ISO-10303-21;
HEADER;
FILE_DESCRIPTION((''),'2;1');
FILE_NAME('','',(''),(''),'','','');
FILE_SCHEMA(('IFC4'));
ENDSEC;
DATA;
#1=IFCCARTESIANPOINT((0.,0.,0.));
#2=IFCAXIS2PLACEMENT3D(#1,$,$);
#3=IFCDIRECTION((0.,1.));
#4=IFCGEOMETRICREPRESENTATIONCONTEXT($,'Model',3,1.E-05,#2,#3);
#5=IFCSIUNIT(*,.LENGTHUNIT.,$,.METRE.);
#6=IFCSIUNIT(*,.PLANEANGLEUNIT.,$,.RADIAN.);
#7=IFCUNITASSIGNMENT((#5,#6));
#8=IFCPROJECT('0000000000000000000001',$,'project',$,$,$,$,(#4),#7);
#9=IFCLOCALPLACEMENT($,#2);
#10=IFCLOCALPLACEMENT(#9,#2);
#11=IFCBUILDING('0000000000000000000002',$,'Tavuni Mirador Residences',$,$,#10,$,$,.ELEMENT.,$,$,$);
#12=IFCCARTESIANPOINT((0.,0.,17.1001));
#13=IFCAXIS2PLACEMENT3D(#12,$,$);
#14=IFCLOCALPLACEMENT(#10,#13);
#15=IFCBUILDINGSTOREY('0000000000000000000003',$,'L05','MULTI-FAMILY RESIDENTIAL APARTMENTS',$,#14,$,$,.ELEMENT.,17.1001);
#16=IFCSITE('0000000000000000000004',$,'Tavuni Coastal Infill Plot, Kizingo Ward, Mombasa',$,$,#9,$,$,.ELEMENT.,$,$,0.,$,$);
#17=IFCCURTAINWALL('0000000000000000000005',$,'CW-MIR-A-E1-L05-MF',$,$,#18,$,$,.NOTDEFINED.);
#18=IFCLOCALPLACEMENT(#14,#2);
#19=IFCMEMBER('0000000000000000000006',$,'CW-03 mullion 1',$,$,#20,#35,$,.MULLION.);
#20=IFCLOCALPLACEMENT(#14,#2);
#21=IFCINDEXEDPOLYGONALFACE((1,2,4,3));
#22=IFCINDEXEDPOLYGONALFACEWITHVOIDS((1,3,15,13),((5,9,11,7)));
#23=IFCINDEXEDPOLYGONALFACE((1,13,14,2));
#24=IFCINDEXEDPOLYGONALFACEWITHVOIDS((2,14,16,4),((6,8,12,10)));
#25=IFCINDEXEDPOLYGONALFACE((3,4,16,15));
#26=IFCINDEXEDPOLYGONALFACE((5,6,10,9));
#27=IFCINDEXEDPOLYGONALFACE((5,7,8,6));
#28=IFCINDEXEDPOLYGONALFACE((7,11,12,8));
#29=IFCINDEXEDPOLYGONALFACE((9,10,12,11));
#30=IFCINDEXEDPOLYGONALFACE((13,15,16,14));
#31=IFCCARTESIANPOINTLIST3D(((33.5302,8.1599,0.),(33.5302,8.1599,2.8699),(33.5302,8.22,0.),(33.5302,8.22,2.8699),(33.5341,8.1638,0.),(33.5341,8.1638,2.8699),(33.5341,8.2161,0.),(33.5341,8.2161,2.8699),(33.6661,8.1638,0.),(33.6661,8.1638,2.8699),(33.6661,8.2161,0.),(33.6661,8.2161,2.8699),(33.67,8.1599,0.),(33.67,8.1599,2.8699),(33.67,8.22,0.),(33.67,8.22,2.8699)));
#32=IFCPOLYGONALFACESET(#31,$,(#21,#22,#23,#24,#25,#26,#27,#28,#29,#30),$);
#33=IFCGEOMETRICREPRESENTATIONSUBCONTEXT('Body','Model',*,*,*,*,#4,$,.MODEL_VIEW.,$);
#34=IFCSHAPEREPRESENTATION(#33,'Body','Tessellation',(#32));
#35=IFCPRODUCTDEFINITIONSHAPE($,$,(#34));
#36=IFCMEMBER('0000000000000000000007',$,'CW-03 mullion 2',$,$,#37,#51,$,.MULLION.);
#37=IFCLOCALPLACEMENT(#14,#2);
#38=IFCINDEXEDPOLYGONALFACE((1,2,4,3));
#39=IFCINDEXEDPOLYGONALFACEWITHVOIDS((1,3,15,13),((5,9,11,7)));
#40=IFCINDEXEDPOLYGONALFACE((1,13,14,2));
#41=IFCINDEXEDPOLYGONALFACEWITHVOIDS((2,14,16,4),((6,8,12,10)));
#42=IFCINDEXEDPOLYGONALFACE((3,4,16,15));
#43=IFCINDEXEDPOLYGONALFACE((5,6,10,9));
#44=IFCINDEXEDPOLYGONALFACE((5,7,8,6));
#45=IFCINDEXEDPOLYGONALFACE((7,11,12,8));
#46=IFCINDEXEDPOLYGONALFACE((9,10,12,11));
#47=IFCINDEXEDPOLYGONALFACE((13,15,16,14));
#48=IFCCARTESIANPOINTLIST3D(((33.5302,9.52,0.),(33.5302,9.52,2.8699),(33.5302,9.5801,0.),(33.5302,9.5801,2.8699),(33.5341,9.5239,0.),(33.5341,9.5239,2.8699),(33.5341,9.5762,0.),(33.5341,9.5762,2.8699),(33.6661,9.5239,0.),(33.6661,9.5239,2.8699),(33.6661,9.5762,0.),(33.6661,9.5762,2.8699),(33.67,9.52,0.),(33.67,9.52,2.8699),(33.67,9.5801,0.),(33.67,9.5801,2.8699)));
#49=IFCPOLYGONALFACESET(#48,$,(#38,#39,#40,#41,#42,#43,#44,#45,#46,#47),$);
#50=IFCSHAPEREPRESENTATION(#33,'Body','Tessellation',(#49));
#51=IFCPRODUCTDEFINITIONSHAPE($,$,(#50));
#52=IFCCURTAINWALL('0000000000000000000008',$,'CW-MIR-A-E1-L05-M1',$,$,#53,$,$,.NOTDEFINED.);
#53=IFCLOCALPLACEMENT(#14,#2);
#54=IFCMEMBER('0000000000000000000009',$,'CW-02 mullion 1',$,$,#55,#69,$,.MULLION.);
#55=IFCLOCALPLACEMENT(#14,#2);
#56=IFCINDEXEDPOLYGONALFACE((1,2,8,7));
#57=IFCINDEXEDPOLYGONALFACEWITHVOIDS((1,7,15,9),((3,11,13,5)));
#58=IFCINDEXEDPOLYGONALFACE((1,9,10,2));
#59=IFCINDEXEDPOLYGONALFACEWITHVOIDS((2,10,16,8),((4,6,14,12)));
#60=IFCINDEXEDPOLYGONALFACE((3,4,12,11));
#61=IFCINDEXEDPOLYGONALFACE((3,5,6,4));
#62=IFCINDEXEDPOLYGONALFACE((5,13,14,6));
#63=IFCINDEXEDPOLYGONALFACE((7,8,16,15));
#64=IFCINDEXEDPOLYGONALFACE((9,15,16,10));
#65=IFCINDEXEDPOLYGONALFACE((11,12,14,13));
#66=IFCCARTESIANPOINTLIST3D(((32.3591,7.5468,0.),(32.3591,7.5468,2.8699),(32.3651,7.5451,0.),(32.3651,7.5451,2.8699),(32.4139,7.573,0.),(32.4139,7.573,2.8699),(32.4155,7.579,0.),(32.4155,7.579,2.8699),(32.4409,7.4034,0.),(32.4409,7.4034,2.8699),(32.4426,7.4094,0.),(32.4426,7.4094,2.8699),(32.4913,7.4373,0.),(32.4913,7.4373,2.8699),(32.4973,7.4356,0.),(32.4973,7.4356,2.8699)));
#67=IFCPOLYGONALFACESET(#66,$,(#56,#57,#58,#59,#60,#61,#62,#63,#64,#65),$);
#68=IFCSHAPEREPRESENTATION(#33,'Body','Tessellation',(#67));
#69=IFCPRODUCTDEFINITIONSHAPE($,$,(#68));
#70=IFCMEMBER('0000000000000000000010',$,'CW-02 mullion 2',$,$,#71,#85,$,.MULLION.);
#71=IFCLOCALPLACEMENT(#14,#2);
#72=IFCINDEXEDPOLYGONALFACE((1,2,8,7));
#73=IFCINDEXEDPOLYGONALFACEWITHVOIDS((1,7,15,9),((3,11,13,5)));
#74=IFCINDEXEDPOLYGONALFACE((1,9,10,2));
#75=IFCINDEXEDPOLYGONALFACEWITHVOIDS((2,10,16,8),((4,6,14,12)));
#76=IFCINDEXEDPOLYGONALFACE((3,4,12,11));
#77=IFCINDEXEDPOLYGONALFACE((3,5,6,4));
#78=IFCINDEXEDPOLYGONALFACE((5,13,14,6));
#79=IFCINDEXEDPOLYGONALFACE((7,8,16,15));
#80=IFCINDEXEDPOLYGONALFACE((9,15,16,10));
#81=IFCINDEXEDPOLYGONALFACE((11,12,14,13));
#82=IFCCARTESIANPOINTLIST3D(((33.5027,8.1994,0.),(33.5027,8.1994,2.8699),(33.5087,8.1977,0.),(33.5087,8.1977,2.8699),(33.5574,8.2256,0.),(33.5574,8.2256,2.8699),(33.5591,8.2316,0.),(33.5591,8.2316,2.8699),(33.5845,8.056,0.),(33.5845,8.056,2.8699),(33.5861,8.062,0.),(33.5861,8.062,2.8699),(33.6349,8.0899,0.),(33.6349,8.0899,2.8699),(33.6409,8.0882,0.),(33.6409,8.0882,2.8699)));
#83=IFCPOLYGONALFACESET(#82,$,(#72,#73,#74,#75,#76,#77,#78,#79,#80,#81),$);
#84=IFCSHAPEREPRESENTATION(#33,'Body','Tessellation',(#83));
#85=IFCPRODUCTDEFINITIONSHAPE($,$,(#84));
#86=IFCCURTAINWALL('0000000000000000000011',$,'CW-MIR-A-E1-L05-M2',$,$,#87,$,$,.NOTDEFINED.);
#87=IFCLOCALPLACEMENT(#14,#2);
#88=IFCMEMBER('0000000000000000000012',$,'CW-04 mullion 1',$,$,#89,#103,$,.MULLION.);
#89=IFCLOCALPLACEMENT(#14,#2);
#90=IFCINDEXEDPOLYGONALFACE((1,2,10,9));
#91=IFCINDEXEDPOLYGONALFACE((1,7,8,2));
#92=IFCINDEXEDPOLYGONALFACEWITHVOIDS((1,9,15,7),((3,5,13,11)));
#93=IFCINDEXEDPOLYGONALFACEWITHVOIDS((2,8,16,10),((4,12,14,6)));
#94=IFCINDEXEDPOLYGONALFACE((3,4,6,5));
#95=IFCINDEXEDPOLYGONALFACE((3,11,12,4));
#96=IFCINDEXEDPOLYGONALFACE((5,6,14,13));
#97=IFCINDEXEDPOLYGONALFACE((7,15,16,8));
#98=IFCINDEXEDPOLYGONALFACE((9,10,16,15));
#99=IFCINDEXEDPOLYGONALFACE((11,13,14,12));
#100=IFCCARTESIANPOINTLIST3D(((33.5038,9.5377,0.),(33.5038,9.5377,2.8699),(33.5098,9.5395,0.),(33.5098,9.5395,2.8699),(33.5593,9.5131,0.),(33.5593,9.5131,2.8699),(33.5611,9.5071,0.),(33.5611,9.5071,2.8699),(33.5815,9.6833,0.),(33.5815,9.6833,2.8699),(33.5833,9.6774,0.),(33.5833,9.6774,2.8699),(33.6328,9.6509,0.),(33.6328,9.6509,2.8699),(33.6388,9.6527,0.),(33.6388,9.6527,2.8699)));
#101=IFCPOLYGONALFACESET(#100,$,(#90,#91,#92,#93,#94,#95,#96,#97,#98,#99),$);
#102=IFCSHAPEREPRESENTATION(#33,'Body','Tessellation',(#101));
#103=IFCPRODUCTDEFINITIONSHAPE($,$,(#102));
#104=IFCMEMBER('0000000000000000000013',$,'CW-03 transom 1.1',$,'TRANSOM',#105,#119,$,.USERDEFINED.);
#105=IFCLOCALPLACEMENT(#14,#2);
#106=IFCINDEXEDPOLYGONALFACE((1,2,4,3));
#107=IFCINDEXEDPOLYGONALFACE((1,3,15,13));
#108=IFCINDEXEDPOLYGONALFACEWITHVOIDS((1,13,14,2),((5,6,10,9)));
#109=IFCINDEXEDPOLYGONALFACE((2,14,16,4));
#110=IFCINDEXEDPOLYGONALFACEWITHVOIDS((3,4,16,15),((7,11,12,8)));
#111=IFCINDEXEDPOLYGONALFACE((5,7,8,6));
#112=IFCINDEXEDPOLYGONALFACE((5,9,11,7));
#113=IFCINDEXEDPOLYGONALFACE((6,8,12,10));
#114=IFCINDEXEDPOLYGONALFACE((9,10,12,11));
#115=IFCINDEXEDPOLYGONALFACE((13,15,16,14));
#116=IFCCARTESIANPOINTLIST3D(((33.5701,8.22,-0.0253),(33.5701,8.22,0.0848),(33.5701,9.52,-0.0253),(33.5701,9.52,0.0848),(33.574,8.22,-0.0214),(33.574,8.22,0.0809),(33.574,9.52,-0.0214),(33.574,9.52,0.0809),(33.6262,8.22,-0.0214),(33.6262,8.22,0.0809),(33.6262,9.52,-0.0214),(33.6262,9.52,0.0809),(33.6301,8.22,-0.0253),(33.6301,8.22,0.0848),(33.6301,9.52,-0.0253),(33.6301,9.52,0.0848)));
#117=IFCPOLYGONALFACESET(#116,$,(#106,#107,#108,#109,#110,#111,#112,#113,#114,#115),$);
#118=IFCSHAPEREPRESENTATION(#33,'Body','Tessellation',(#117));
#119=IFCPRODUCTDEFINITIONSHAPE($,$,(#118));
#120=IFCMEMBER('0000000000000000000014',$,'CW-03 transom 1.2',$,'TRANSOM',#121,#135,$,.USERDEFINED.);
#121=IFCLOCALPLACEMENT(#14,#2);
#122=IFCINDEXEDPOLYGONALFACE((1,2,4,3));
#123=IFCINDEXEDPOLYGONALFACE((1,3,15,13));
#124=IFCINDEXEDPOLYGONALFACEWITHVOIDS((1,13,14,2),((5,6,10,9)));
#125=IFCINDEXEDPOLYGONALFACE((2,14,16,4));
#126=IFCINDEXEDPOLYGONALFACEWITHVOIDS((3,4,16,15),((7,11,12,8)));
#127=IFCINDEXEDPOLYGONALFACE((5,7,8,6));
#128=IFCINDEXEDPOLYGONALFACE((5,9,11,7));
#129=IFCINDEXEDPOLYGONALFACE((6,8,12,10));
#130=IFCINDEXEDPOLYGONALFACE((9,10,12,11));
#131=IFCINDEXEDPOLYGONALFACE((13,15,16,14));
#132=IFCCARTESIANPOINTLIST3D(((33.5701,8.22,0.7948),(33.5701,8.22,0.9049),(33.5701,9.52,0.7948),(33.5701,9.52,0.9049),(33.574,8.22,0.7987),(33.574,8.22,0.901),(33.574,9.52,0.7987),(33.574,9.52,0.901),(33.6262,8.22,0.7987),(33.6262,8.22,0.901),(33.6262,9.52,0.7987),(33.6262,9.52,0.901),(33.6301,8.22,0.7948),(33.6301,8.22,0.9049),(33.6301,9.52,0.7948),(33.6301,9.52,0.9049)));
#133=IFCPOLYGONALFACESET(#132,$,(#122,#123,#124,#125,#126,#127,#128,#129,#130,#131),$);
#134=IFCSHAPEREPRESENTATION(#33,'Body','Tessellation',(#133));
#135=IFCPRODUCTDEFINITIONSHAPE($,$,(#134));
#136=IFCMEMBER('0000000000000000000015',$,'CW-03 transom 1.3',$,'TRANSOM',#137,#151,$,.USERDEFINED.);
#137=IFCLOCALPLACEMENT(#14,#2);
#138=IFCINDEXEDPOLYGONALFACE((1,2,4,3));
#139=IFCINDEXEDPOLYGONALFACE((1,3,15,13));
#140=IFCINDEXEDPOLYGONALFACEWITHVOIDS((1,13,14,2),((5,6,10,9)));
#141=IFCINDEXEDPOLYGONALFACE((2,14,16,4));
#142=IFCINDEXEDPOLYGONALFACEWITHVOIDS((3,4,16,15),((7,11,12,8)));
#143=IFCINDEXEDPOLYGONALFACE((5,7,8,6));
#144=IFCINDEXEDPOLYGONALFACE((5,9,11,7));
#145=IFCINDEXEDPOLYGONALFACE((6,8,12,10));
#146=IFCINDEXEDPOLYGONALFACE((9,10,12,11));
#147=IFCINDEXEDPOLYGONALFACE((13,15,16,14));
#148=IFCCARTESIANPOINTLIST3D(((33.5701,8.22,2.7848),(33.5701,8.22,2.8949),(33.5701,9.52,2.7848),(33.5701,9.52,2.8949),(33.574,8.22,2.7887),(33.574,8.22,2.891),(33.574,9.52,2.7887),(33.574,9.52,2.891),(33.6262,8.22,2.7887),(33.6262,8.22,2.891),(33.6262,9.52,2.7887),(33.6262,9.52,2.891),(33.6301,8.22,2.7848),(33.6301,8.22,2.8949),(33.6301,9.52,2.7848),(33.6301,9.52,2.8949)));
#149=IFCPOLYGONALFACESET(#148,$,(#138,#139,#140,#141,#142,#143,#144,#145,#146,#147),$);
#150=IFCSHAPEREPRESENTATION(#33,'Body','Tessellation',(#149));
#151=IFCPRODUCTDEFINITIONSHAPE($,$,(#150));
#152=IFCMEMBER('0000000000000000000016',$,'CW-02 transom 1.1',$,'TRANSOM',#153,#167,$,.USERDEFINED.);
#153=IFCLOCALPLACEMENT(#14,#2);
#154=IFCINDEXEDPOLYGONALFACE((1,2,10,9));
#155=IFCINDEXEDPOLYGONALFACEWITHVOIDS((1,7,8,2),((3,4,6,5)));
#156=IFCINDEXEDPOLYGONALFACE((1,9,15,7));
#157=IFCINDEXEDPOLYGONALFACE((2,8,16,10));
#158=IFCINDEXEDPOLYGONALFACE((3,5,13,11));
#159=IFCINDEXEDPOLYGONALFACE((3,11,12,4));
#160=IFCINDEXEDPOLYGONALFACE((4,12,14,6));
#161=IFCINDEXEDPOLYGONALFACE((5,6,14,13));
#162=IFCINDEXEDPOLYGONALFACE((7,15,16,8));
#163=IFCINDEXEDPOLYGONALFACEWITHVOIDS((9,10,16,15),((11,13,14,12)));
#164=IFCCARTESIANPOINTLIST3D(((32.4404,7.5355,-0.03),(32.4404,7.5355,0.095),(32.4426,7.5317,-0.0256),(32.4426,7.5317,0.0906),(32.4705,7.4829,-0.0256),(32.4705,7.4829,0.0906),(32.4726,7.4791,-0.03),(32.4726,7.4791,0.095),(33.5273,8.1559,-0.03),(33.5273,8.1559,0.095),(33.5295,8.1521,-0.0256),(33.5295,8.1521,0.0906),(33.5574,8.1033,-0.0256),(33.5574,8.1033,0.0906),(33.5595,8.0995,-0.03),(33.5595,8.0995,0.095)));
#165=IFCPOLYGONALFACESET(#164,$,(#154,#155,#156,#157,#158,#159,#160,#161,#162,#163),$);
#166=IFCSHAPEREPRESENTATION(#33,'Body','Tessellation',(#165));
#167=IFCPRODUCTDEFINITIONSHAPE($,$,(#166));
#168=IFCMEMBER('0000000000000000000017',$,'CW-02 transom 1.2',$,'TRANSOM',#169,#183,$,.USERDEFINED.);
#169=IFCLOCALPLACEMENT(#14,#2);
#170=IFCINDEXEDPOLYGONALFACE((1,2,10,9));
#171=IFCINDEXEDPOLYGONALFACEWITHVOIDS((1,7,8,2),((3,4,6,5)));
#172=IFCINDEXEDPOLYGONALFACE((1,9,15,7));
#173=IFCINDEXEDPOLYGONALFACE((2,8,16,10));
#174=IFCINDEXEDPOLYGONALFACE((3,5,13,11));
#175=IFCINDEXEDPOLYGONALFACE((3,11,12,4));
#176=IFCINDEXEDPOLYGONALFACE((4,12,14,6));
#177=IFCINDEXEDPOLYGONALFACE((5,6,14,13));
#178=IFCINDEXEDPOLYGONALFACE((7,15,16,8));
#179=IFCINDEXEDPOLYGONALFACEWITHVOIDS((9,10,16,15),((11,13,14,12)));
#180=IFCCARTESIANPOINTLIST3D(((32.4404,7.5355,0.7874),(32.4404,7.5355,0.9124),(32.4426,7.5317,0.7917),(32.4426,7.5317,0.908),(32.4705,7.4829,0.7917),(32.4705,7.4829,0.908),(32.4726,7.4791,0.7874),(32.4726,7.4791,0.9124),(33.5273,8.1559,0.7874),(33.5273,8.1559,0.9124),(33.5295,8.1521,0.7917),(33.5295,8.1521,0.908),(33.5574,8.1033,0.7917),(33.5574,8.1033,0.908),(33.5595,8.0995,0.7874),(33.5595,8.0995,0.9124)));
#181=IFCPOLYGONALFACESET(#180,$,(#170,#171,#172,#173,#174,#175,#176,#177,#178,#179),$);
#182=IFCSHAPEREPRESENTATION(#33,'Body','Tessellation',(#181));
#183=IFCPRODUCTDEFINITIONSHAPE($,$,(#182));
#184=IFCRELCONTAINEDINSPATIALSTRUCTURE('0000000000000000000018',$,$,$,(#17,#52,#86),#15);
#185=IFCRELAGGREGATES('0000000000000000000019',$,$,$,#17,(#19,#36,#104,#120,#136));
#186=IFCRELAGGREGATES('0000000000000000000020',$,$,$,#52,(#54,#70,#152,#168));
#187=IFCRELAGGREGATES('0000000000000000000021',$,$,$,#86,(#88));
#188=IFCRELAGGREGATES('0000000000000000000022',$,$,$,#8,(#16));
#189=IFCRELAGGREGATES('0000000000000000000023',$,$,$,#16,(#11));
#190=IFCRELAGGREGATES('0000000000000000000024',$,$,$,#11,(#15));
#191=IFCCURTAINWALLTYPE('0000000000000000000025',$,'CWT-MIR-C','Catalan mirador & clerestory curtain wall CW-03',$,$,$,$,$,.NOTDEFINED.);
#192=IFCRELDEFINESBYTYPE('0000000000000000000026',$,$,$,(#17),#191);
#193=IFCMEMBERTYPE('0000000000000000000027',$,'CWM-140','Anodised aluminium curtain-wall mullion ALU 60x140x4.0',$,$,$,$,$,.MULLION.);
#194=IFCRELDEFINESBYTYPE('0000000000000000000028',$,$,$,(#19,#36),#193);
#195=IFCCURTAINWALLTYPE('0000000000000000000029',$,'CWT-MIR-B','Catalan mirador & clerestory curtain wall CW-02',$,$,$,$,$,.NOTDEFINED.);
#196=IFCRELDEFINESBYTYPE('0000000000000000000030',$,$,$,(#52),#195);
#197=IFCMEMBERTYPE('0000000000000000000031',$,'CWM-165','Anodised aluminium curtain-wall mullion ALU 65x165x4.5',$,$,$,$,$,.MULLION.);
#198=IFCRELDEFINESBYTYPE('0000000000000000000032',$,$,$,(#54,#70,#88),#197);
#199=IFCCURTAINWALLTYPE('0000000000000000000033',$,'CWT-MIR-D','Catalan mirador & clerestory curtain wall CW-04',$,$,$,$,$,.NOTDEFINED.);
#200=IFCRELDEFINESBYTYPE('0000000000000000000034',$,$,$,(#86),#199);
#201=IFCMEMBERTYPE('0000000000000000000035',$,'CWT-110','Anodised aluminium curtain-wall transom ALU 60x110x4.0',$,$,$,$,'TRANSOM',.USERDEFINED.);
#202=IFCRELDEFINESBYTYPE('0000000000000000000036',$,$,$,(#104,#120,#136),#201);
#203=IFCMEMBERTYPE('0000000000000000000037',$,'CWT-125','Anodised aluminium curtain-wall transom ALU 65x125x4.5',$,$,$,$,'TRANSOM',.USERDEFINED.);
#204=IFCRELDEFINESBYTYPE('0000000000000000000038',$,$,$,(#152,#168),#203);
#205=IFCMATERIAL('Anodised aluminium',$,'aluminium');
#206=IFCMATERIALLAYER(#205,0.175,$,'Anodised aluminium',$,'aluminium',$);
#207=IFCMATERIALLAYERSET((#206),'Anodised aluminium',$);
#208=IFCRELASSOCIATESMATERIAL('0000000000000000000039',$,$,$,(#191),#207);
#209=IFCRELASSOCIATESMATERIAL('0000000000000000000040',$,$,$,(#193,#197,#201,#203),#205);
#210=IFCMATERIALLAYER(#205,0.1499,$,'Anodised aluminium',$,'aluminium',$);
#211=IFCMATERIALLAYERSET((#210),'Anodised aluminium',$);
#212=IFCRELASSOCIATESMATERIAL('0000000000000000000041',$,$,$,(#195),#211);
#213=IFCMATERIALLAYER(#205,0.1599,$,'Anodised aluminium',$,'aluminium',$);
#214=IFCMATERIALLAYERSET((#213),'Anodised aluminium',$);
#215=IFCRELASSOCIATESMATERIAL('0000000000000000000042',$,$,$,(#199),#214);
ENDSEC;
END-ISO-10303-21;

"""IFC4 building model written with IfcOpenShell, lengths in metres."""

from ifc_helpers import new_model, si_unit, direction, frame, origin, origin_2d, place, context, subcontext, project, spatial, hollow_rectangle, extrude, material, layer, layer_set, material_profile, profile_set, type_object, element, aggregate, save


model = new_model("IFC4")

# Units and contexts
model_context = context("Model", 3, precision=1e-05, world=origin(), true_north=direction((0.0, 1.0)))
body_context = subcontext(model_context, "Body", "Model", "MODEL_VIEW")
ifc_project = project(units=[si_unit("LENGTHUNIT", "METRE"), si_unit("PLANEANGLEUNIT", "RADIAN")], contexts=[model_context])

# Site, building, storey
site_placement = place(None, origin())
site = spatial("IfcSite", under=ifc_project, at=site_placement, Name="Tavuni Coastal Infill Plot, Kizingo Ward, Mombasa", CompositionType="ELEMENT", RefElevation=0.0)
building_placement = place(site_placement, origin())
building = spatial("IfcBuilding", under=site, at=building_placement, Name="Tavuni Mirador Residences", CompositionType="ELEMENT")
storey_placement = place(building_placement, frame((0.0, 0.0, 17.1001)))
storey = spatial("IfcBuildingStorey", under=building, at=storey_placement, Name="L05", Description="MULTI-FAMILY RESIDENTIAL APARTMENTS", CompositionType="ELEMENT", Elevation=17.1001)

# Curtain walls, members
ifc_material_1 = material(Name="Anodised aluminium", Category="aluminium")
ifc_layer_1 = layer(ifc_material_1, 0.175, Name="Anodised aluminium", Category="aluminium")
ifc_layer_set_1 = layer_set([ifc_layer_1], Name="Anodised aluminium")
curtain_wall_type_1 = type_object("IfcCurtainWallType", Name="CWT-MIR-C", Description="Catalan mirador & clerestory curtain wall CW-03", PredefinedType="NOTDEFINED", material=ifc_layer_set_1)
curtain_wall_1_placement = place(storey_placement, origin())
curtain_wall_1 = element("IfcCurtainWall", 1, at=curtain_wall_1_placement, inside=storey, type_object=curtain_wall_type_1, Name="CW-MIR-A-E1-L05-MF", PredefinedType="NOTDEFINED")
ifc_material_profile_1 = material_profile(ifc_material_1, hollow_rectangle(XDim=0.0601, YDim=0.1399, WallThickness=0.0039, at=origin_2d()), Name="ALU 60x140x4.0", Category="aluminium")
ifc_profile_set_1 = profile_set([ifc_material_profile_1], Name="Anodised aluminium")
member_type_1 = type_object("IfcMemberType", Name="CWM-140", Description="Anodised aluminium curtain-wall mullion ALU 60x140x4.0", PredefinedType="MULLION", material=ifc_profile_set_1)
member_1_placement = place(storey_placement, frame((33.6001, 8.1899, 0.0), z_axis=(0.0, 0.0, 1.0), x_axis=(0.0, 1.0, 0.0)))
member_1 = element("IfcMember", 2, at=member_1_placement, type_object=member_type_1, Name="CW-03 mullion 1", PredefinedType="MULLION", context=body_context, shape_type="SweptSolid", body=[
    extrude(hollow_rectangle(XDim=0.0601, YDim=0.1399, WallThickness=0.0039, at=origin_2d()), origin(), (0.0, 0.0, 1.0), 2.8699),
])
member_2_placement = place(storey_placement, frame((33.6001, 9.55, 0.0), z_axis=(0.0, 0.0, 1.0), x_axis=(0.0, 1.0, 0.0)))
member_2 = element("IfcMember", 3, at=member_2_placement, type_object=member_type_1, Name="CW-03 mullion 2", PredefinedType="MULLION", context=body_context, shape_type="SweptSolid", body=[
    extrude(hollow_rectangle(XDim=0.0601, YDim=0.1399, WallThickness=0.0039, at=origin_2d()), origin(), (0.0, 0.0, 1.0), 2.8699),
])
ifc_layer_2 = layer(ifc_material_1, 0.1499, Name="Anodised aluminium", Category="aluminium")
ifc_layer_set_2 = layer_set([ifc_layer_2], Name="Anodised aluminium")
curtain_wall_type_2 = type_object("IfcCurtainWallType", Name="CWT-MIR-B", Description="Catalan mirador & clerestory curtain wall CW-02", PredefinedType="NOTDEFINED", material=ifc_layer_set_2)
curtain_wall_2_placement = place(storey_placement, origin())
curtain_wall_2 = element("IfcCurtainWall", 4, at=curtain_wall_2_placement, inside=storey, type_object=curtain_wall_type_2, Name="CW-MIR-A-E1-L05-M1", PredefinedType="NOTDEFINED")
ifc_material_profile_2 = material_profile(ifc_material_1, hollow_rectangle(XDim=0.0649, YDim=0.165, WallThickness=0.0044, at=origin_2d()), Name="ALU 65x165x4.5", Category="aluminium")
ifc_profile_set_2 = profile_set([ifc_material_profile_2], Name="Anodised aluminium")
member_type_2 = type_object("IfcMemberType", Name="CWM-165", Description="Anodised aluminium curtain-wall mullion ALU 65x165x4.5", PredefinedType="MULLION", material=ifc_profile_set_2)
member_3_placement = place(storey_placement, frame((32.4282, 7.4912, 0.0), z_axis=(0.0, 0.0, 1.0), x_axis=(0.868466, 0.495749, 0.0)))
member_3 = element("IfcMember", 5, at=member_3_placement, type_object=member_type_2, Name="CW-02 mullion 1", PredefinedType="MULLION", context=body_context, shape_type="SweptSolid", body=[
    extrude(hollow_rectangle(XDim=0.0649, YDim=0.165, WallThickness=0.0044, at=origin_2d()), origin(), (0.0, 0.0, 1.0), 2.8699),
])
member_4_placement = place(storey_placement, frame((33.5718, 8.1438, 0.0), z_axis=(0.0, 0.0, 1.0), x_axis=(0.868466, 0.495749, 0.0)))
member_4 = element("IfcMember", 6, at=member_4_placement, type_object=member_type_2, Name="CW-02 mullion 2", PredefinedType="MULLION", context=body_context, shape_type="SweptSolid", body=[
    extrude(hollow_rectangle(XDim=0.0649, YDim=0.165, WallThickness=0.0044, at=origin_2d()), origin(), (0.0, 0.0, 1.0), 2.8699),
])

# Curtain wall, member
ifc_layer_3 = layer(ifc_material_1, 0.1599, Name="Anodised aluminium", Category="aluminium")
ifc_layer_set_3 = layer_set([ifc_layer_3], Name="Anodised aluminium")
curtain_wall_type_3 = type_object("IfcCurtainWallType", Name="CWT-MIR-D", Description="Catalan mirador & clerestory curtain wall CW-04", PredefinedType="NOTDEFINED", material=ifc_layer_set_3)
curtain_wall_3_placement = place(storey_placement, origin())
curtain_wall_3 = element("IfcCurtainWall", 7, at=curtain_wall_3_placement, inside=storey, type_object=curtain_wall_type_3, Name="CW-MIR-A-E1-L05-M2", PredefinedType="NOTDEFINED")
member_5_placement = place(storey_placement, frame((33.5713, 9.5952, 0.0), z_axis=(0.0, 0.0, 1.0), x_axis=(-0.882353, 0.470588, 0.0)))
member_5 = element("IfcMember", 8, at=member_5_placement, type_object=member_type_2, Name="CW-04 mullion 1", PredefinedType="MULLION", context=body_context, shape_type="SweptSolid", body=[
    extrude(hollow_rectangle(XDim=0.0649, YDim=0.165, WallThickness=0.0044, at=origin_2d()), origin(), (0.0, 0.0, 1.0), 2.8699),
])

# Members
ifc_material_profile_3 = material_profile(ifc_material_1, hollow_rectangle(XDim=0.0601, YDim=0.1101, WallThickness=0.0039, at=origin_2d()), Name="ALU 60x110x4.0", Category="aluminium")
ifc_profile_set_3 = profile_set([ifc_material_profile_3], Name="Anodised aluminium")
member_type_3 = type_object("IfcMemberType", Name="CWT-110", Description="Anodised aluminium curtain-wall transom ALU 60x110x4.0", ElementType="TRANSOM", PredefinedType="USERDEFINED", material=ifc_profile_set_3)
member_6_placement = place(storey_placement, frame((33.6001, 8.22, 0.0298), z_axis=(0.0, 1.0, 0.0), x_axis=(-1.0, 0.0, 0.0)))
member_6 = element("IfcMember", 9, at=member_6_placement, type_object=member_type_3, Name="CW-03 transom 1.1", ObjectType="TRANSOM", PredefinedType="USERDEFINED", context=body_context, shape_type="SweptSolid", body=[
    extrude(hollow_rectangle(XDim=0.0601, YDim=0.1101, WallThickness=0.0039, at=origin_2d()), origin(), (0.0, 0.0, 1.0), 1.3),
])
member_7_placement = place(storey_placement, frame((33.6001, 8.22, 0.8499), z_axis=(0.0, 1.0, 0.0), x_axis=(-1.0, 0.0, 0.0)))
member_7 = element("IfcMember", 10, at=member_7_placement, type_object=member_type_3, Name="CW-03 transom 1.2", ObjectType="TRANSOM", PredefinedType="USERDEFINED", context=body_context, shape_type="SweptSolid", body=[
    extrude(hollow_rectangle(XDim=0.0601, YDim=0.1101, WallThickness=0.0039, at=origin_2d()), origin(), (0.0, 0.0, 1.0), 1.3),
])
member_8_placement = place(storey_placement, frame((33.6001, 8.22, 2.8398), z_axis=(0.0, 1.0, 0.0), x_axis=(-1.0, 0.0, 0.0)))
member_8 = element("IfcMember", 11, at=member_8_placement, type_object=member_type_3, Name="CW-03 transom 1.3", ObjectType="TRANSOM", PredefinedType="USERDEFINED", context=body_context, shape_type="SweptSolid", body=[
    extrude(hollow_rectangle(XDim=0.0601, YDim=0.1101, WallThickness=0.0039, at=origin_2d()), origin(), (0.0, 0.0, 1.0), 1.3),
])
ifc_material_profile_4 = material_profile(ifc_material_1, hollow_rectangle(XDim=0.0649, YDim=0.125, WallThickness=0.0044, at=origin_2d()), Name="ALU 65x125x4.5", Category="aluminium")
ifc_profile_set_4 = profile_set([ifc_material_profile_4], Name="Anodised aluminium")
member_type_4 = type_object("IfcMemberType", Name="CWT-125", Description="Anodised aluminium curtain-wall transom ALU 65x125x4.5", ElementType="TRANSOM", PredefinedType="USERDEFINED", material=ifc_profile_set_4)
member_9_placement = place(storey_placement, frame((32.4565, 7.5073, 0.0325), z_axis=(0.868495, 0.495698, 0.0), x_axis=(-0.495698, 0.868495, 0.0)))
member_9 = element("IfcMember", 12, at=member_9_placement, type_object=member_type_4, Name="CW-02 transom 1.1", ObjectType="TRANSOM", PredefinedType="USERDEFINED", context=body_context, shape_type="SweptSolid", body=[
    extrude(hollow_rectangle(XDim=0.0649, YDim=0.125, WallThickness=0.0044, at=origin_2d()), origin(), (0.0, 0.0, 1.0), 1.2515),
])
member_10_placement = place(storey_placement, frame((32.4565, 7.5073, 0.8499), z_axis=(0.868495, 0.495698, 0.0), x_axis=(-0.495698, 0.868495, 0.0)))
member_10 = element("IfcMember", 13, at=member_10_placement, type_object=member_type_4, Name="CW-02 transom 1.2", ObjectType="TRANSOM", PredefinedType="USERDEFINED", context=body_context, shape_type="SweptSolid", body=[
    extrude(hollow_rectangle(XDim=0.0649, YDim=0.125, WallThickness=0.0044, at=origin_2d()), origin(), (0.0, 0.0, 1.0), 1.2515),
])

aggregate(curtain_wall_1, [member_1, member_2, member_6, member_7, member_8])
aggregate(curtain_wall_2, [member_3, member_4, member_9, member_10])
aggregate(curtain_wall_3, [member_5])

save(model, "model.ifc")
